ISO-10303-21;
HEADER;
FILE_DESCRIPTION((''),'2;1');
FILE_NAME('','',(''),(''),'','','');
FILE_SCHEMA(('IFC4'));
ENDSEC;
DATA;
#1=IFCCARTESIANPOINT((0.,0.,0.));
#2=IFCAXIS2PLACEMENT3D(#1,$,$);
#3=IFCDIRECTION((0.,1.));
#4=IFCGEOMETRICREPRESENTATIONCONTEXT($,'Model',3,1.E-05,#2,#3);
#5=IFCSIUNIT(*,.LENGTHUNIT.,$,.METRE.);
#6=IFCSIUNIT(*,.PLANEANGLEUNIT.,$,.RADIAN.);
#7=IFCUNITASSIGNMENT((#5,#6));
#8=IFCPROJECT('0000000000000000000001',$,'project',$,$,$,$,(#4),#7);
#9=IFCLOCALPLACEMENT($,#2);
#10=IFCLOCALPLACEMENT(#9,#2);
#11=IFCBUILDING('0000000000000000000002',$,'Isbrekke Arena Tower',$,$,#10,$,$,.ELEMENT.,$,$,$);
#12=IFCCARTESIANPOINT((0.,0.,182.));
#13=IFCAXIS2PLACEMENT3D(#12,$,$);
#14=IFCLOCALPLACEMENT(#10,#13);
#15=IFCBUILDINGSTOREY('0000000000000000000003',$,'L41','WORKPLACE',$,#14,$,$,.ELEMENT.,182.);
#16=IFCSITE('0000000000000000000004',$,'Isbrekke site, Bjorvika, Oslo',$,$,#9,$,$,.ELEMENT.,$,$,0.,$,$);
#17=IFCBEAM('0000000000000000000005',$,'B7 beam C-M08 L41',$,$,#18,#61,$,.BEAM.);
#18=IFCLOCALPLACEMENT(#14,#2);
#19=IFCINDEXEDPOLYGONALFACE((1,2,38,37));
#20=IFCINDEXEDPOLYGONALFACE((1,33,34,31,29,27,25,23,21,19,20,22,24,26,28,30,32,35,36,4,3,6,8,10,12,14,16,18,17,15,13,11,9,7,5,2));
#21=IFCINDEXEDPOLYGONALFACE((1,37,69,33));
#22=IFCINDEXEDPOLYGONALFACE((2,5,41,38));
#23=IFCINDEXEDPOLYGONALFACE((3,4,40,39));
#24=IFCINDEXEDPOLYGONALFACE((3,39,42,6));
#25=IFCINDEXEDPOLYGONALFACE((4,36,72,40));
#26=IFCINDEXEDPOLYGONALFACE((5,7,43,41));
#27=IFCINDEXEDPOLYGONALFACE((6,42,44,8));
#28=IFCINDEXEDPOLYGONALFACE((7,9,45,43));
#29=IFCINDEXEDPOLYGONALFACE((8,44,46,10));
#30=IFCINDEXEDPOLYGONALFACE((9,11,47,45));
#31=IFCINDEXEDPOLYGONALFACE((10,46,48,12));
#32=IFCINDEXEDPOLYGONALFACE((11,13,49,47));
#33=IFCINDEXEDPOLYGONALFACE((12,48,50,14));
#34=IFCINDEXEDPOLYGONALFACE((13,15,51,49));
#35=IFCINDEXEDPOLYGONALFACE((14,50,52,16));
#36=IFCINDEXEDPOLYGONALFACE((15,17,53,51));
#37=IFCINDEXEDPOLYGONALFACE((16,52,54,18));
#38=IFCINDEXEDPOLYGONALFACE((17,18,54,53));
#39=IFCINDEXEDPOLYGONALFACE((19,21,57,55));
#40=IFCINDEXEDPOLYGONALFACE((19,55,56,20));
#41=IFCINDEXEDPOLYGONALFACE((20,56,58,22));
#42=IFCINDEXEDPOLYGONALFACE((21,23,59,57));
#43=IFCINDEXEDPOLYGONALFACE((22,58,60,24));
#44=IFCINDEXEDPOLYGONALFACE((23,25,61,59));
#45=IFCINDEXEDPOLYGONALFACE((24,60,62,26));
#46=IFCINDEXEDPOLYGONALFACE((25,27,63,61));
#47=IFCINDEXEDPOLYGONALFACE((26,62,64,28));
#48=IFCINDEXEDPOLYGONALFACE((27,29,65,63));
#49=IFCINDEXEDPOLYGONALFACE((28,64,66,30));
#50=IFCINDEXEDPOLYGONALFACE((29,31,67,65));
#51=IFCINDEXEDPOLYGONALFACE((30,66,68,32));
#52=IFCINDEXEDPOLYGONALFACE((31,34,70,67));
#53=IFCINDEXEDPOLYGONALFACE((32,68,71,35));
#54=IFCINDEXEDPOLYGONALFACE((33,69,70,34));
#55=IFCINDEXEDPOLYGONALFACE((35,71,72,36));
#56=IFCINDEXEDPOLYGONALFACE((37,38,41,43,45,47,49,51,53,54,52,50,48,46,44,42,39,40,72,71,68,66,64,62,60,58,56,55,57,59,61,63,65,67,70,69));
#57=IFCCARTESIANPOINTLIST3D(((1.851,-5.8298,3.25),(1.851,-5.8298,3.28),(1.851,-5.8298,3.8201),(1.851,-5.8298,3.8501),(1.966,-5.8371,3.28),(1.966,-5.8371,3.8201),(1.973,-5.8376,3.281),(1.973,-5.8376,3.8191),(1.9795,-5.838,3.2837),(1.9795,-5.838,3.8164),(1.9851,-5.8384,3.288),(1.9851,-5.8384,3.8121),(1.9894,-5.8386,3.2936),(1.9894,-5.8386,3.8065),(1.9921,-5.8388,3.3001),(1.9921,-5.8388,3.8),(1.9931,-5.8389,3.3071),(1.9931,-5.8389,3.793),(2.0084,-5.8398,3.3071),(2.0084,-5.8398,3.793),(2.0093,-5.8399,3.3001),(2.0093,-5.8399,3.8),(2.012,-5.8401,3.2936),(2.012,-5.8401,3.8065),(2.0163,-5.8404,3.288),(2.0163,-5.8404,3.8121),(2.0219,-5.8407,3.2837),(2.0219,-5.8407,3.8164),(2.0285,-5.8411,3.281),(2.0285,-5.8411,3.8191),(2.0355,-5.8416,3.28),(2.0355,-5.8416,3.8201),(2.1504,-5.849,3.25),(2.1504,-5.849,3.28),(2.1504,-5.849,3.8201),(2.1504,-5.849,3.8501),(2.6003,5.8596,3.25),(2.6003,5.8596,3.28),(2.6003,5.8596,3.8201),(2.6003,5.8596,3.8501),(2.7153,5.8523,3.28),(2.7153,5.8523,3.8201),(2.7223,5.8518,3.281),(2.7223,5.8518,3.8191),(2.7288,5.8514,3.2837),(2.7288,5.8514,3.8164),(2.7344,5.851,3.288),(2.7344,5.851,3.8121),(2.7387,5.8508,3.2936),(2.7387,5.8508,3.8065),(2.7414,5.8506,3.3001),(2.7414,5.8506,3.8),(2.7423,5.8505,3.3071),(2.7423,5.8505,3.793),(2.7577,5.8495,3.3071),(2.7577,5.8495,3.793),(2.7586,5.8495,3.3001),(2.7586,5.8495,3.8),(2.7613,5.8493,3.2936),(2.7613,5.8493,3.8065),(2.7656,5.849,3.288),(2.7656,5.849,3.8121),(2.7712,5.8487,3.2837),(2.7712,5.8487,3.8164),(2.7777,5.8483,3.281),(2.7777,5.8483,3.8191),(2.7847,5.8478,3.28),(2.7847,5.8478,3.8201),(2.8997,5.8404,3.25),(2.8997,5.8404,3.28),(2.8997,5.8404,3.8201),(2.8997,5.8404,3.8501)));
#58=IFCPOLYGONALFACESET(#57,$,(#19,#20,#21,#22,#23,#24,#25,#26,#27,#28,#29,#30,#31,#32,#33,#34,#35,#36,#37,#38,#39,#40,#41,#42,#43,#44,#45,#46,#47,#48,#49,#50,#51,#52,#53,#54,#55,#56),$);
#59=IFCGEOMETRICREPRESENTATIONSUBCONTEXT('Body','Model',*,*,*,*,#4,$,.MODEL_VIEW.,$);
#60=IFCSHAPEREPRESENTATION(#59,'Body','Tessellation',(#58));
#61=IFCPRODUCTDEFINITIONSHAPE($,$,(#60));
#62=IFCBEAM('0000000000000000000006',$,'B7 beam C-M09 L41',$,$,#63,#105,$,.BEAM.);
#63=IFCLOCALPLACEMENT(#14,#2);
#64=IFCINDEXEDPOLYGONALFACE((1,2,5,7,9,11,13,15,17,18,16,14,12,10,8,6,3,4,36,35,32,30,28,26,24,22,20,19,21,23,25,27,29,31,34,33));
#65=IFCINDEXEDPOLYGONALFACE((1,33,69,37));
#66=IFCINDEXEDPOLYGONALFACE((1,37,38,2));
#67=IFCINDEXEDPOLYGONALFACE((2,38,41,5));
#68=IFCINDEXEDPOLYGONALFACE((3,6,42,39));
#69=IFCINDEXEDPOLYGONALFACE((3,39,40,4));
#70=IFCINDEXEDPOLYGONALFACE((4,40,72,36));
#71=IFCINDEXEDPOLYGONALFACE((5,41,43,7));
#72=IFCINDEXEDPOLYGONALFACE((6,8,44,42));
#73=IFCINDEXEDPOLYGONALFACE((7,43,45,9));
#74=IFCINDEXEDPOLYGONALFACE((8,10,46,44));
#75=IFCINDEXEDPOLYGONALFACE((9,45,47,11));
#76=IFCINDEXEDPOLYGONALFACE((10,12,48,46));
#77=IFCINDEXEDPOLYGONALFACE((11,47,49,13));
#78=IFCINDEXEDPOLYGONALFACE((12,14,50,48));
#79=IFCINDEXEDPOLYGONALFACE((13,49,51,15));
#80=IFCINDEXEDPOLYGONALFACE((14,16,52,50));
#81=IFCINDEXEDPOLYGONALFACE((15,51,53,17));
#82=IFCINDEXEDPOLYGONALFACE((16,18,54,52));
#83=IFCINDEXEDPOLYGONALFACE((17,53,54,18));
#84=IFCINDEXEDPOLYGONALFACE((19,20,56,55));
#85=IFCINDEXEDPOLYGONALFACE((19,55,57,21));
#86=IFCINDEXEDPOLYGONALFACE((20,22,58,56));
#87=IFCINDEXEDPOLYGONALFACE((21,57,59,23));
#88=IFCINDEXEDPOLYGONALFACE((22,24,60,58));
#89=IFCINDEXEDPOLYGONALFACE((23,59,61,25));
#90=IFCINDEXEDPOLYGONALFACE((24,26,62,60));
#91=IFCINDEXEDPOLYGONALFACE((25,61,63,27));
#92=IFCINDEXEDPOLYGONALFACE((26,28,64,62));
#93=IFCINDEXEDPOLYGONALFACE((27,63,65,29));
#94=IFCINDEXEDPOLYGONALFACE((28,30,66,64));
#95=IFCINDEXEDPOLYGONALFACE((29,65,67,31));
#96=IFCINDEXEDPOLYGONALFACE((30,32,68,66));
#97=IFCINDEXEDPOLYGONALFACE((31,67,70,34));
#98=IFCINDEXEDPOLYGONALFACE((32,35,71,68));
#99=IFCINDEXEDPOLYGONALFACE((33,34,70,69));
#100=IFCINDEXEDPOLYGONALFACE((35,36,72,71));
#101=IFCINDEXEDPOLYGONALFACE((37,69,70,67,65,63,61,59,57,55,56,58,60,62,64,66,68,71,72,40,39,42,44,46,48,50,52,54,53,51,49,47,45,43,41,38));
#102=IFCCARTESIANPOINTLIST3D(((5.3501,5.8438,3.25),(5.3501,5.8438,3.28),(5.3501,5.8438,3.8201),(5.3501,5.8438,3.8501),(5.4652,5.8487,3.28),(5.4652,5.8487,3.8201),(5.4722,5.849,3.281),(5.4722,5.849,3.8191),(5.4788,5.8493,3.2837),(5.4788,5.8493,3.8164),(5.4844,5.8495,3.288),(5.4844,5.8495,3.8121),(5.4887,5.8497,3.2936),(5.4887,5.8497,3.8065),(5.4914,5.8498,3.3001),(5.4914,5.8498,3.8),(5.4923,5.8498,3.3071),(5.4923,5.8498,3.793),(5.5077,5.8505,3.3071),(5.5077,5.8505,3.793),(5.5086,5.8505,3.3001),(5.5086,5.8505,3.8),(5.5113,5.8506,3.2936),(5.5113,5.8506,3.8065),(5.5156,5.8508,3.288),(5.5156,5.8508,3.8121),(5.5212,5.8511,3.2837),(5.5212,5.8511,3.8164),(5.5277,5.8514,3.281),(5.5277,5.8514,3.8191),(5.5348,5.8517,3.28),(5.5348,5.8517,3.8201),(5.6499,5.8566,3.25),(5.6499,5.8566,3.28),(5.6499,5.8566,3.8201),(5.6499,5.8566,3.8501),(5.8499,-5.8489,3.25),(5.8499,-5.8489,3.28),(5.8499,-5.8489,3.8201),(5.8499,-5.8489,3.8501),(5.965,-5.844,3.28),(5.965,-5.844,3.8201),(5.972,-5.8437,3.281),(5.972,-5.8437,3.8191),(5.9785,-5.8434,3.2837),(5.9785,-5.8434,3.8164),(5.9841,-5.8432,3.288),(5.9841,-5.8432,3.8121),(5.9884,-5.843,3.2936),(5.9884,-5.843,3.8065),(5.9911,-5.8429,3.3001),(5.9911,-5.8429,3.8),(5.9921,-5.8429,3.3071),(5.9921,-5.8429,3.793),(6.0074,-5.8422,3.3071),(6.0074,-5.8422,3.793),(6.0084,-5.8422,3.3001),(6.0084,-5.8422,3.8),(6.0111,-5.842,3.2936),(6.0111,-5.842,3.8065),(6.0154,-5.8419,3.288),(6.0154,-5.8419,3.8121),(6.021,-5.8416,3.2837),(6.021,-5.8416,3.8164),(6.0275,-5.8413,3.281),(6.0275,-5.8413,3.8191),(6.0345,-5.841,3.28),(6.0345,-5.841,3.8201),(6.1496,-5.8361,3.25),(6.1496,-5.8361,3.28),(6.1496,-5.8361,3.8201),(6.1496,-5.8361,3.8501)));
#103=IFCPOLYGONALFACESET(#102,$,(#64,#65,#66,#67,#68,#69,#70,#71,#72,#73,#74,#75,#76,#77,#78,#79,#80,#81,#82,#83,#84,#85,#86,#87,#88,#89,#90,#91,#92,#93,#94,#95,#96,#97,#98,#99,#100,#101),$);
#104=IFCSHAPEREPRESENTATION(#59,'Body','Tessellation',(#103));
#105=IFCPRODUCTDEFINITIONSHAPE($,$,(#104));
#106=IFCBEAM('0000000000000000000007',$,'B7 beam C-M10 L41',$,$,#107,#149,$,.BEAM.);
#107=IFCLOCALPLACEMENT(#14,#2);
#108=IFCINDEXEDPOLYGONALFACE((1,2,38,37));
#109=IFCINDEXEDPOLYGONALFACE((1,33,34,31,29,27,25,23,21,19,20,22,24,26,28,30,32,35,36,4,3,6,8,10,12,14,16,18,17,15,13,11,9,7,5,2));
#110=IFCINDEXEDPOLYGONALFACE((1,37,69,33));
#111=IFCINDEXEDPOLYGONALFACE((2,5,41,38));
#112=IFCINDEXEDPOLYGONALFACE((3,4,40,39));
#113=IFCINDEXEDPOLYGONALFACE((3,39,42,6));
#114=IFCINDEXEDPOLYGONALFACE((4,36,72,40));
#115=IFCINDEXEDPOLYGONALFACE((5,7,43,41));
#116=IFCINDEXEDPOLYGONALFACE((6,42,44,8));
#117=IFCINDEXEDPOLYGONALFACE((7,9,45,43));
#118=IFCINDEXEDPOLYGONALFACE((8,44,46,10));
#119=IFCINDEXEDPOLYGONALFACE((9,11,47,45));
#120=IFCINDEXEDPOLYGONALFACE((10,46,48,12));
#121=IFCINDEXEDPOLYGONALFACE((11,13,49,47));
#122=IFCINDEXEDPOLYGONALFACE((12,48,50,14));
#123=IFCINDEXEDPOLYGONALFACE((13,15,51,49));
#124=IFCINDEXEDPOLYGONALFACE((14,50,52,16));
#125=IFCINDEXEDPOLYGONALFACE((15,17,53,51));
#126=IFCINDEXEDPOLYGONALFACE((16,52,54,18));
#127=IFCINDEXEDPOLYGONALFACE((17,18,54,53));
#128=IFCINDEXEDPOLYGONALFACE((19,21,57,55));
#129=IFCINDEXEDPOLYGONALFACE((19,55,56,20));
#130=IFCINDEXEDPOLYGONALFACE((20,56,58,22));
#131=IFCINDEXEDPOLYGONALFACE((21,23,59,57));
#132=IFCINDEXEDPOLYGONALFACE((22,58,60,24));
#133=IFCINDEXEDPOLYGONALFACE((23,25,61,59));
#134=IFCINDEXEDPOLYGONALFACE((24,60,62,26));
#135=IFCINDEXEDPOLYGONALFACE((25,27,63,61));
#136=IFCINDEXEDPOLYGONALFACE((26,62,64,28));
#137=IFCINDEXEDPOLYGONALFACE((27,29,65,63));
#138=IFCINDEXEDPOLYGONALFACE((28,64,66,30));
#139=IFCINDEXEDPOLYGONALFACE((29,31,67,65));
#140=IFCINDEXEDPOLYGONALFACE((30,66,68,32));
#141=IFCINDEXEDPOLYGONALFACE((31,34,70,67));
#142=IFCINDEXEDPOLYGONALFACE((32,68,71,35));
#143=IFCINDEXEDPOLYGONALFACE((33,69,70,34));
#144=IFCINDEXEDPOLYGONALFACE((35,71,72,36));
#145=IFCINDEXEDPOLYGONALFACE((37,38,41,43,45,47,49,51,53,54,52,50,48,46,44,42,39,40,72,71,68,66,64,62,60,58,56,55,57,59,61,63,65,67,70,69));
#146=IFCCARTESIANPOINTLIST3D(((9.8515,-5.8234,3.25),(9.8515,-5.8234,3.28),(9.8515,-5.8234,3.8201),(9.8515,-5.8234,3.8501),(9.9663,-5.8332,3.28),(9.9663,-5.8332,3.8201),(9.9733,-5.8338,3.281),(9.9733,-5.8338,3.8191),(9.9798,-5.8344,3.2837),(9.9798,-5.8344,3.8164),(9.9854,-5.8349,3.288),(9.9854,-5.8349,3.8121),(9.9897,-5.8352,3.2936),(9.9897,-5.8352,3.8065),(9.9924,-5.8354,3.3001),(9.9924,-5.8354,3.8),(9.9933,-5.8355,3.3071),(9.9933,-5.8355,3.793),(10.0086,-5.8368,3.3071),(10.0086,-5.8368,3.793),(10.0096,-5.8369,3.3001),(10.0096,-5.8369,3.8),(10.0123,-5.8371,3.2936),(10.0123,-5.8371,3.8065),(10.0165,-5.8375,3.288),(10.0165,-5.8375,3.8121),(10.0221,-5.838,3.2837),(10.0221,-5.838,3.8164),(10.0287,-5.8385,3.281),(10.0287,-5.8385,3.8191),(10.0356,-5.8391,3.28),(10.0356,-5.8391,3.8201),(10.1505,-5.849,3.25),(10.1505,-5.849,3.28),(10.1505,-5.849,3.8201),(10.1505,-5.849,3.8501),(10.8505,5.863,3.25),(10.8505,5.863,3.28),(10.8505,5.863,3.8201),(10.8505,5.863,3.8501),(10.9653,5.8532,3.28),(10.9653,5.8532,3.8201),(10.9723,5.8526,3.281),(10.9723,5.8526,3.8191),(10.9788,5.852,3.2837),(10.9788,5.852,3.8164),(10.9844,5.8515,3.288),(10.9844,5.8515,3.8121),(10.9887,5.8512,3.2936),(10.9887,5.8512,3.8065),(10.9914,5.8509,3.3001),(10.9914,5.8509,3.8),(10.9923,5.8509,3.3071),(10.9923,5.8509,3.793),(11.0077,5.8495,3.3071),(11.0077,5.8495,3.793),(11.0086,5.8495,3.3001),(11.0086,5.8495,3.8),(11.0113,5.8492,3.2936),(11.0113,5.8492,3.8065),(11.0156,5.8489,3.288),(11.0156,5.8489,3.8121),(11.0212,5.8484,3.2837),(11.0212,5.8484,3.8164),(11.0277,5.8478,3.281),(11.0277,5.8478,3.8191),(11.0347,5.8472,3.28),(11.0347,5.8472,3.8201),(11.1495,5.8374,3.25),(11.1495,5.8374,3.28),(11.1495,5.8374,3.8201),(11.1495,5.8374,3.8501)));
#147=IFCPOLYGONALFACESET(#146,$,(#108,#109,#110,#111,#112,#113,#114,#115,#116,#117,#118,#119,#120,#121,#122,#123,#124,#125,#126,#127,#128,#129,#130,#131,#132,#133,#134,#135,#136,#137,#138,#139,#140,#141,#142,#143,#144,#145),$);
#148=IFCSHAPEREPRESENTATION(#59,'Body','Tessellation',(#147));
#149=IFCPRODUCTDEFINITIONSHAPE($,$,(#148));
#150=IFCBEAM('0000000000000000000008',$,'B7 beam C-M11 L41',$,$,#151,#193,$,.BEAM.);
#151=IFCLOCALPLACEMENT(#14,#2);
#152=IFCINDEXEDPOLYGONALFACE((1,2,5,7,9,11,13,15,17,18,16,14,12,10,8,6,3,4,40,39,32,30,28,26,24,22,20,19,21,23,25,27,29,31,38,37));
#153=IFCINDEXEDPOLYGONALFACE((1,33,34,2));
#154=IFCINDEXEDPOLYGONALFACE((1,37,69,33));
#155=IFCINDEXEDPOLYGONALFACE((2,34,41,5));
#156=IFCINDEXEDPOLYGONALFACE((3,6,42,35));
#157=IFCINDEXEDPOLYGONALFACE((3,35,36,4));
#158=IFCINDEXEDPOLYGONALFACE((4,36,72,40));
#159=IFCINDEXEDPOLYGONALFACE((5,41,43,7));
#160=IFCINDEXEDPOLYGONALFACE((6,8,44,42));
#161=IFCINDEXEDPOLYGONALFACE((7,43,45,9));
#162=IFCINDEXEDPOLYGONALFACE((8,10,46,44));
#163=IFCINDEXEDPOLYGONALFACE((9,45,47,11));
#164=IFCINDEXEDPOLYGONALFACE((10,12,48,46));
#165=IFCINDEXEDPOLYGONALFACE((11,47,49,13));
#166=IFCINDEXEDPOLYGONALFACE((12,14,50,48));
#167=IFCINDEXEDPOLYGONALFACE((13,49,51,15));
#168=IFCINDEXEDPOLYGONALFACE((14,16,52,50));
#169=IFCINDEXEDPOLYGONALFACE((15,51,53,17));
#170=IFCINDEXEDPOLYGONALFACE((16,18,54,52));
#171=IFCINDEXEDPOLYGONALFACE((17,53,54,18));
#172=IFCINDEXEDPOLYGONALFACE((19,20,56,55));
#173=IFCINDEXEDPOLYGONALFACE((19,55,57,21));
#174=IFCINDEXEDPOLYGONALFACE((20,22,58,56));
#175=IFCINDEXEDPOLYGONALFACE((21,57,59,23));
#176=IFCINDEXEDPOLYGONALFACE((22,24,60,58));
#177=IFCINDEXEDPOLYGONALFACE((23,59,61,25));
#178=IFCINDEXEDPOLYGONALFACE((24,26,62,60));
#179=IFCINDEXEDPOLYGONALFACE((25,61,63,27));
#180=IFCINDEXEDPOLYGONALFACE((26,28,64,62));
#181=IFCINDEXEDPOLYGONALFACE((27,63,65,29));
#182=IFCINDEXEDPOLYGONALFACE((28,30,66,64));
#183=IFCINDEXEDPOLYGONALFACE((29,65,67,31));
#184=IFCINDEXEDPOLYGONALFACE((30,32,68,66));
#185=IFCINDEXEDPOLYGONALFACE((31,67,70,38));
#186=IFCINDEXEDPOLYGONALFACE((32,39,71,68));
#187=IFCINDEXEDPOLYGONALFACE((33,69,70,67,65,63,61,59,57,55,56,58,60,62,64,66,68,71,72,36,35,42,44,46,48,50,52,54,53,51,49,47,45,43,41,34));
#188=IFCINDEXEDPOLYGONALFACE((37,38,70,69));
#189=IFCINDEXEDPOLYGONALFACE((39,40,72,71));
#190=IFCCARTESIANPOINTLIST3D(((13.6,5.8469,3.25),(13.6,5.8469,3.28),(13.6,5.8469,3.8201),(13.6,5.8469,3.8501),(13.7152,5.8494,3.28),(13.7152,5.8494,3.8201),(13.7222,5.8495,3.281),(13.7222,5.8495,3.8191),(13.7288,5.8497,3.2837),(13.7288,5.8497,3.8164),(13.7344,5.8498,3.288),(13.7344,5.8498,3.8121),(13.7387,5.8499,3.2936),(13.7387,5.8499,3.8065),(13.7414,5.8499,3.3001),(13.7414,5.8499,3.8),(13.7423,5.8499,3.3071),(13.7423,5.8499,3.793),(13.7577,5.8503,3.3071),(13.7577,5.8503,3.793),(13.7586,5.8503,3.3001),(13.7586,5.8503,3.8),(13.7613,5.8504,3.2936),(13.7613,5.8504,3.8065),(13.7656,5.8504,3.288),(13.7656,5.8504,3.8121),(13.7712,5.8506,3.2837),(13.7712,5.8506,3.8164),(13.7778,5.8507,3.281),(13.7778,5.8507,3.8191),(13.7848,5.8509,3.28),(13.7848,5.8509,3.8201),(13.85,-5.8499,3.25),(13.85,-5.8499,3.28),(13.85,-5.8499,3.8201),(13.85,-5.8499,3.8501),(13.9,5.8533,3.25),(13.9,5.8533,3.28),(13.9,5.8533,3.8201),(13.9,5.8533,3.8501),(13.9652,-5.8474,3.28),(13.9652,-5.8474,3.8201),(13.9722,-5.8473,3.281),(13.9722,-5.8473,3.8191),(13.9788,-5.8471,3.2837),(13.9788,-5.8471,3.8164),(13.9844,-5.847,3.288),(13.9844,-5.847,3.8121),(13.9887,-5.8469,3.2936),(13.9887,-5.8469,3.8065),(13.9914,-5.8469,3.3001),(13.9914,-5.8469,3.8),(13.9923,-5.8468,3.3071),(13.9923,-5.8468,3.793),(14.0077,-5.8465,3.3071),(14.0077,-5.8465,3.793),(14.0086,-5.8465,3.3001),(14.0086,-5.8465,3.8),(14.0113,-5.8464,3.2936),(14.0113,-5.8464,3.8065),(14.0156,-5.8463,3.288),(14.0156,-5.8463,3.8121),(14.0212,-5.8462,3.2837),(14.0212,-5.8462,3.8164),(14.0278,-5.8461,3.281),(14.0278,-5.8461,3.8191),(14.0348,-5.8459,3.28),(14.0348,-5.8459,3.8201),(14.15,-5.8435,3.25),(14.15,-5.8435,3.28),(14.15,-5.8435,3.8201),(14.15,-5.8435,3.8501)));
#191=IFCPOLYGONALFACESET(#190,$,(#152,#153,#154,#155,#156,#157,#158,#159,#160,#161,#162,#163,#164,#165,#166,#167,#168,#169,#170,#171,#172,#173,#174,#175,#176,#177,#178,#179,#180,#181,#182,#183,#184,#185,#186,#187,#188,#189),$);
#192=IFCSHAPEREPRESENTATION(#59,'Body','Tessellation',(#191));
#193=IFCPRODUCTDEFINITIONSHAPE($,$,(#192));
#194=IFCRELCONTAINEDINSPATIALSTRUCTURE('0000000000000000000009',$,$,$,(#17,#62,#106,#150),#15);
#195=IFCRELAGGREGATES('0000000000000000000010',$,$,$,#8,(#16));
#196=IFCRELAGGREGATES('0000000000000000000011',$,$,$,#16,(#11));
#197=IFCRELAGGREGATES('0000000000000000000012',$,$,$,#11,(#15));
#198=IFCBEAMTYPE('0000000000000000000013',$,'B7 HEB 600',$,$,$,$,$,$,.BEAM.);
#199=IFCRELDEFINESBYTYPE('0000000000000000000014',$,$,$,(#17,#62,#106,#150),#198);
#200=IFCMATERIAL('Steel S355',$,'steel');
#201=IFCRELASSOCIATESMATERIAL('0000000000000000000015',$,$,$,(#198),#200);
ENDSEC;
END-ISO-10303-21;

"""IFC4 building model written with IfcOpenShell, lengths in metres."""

from ifc_helpers import new_model, si_unit, direction, frame, origin, origin_2d, place, context, subcontext, project, spatial, i_section, extrude, material, material_profile, profile_set, type_object, element, save


model = new_model("IFC4")

# Units and contexts
model_context = context("Model", 3, precision=1e-05, world=origin(), true_north=direction((0.0, 1.0)))
body_context = subcontext(model_context, "Body", "Model", "MODEL_VIEW")
ifc_project = project(units=[si_unit("LENGTHUNIT", "METRE"), si_unit("PLANEANGLEUNIT", "RADIAN")], contexts=[model_context])

# Site, building, storey
site_placement = place(None, origin())
site = spatial("IfcSite", under=ifc_project, at=site_placement, Name="Isbrekke site, Bjorvika, Oslo", CompositionType="ELEMENT", RefElevation=0.0)
building_placement = place(site_placement, origin())
building = spatial("IfcBuilding", under=site, at=building_placement, Name="Isbrekke Arena Tower", CompositionType="ELEMENT")
storey_placement = place(building_placement, frame((0.0, 0.0, 182.0)))
storey = spatial("IfcBuildingStorey", under=building, at=storey_placement, Name="L41", Description="WORKPLACE", CompositionType="ELEMENT", Elevation=182.0)

# Beams
ifc_material_1 = material(Name="Steel S355", Category="steel")
ifc_material_profile_1 = material_profile(ifc_material_1, i_section(OverallWidth=0.3, OverallDepth=0.6001, WebThickness=0.0154, FlangeThickness=0.03, FilletRadius=0.0271, at=origin_2d()), Name="HEB 600")
ifc_profile_set_1 = profile_set([ifc_material_profile_1], Name="Steel S355")
beam_type_1 = type_object("IfcBeamType", Name="B7 HEB 600", PredefinedType="BEAM", material=ifc_profile_set_1)
beam_1_placement = place(storey_placement, frame((2.0007, -5.8394, 3.55), z_axis=(0.063966, 0.997952, 0.0), x_axis=(-0.997952, 0.063966, 0.0)))
element("IfcBeam", 1, at=beam_1_placement, inside=storey, type_object=beam_type_1, Name="B7 beam C-M08 L41", PredefinedType="BEAM", context=body_context, shape_type="SweptSolid", body=[
    extrude(i_section(OverallWidth=0.3, OverallDepth=0.6001, WebThickness=0.0154, FlangeThickness=0.03, FilletRadius=0.0271, at=origin_2d()), origin(), (0.0, 0.0, 1.0), 11.7134),
])
beam_2_placement = place(storey_placement, frame((5.9998, -5.8425, 3.55), z_axis=(-0.042702, 0.999088, 0.0), x_axis=(-0.999088, -0.042702, 0.0)))
element("IfcBeam", 2, at=beam_2_placement, inside=storey, type_object=beam_type_1, Name="B7 beam C-M09 L41", PredefinedType="BEAM", context=body_context, shape_type="SweptSolid", body=[
    extrude(i_section(OverallWidth=0.3, OverallDepth=0.6001, WebThickness=0.0154, FlangeThickness=0.03, FilletRadius=0.0271, at=origin_2d()), origin(), (0.0, 0.0, 1.0), 11.7034),
])
beam_3_placement = place(storey_placement, frame((10.001, -5.8362, 3.55), z_axis=(0.085176, 0.996366, 0.0), x_axis=(-0.996366, 0.085176, 0.0)))
element("IfcBeam", 3, at=beam_3_placement, inside=storey, type_object=beam_type_1, Name="B7 beam C-M10 L41", PredefinedType="BEAM", context=body_context, shape_type="SweptSolid", body=[
    extrude(i_section(OverallWidth=0.3, OverallDepth=0.6001, WebThickness=0.0154, FlangeThickness=0.03, FilletRadius=0.0271, at=origin_2d()), origin(), (0.0, 0.0, 1.0), 11.729),
])
beam_4_placement = place(storey_placement, frame((14.0, -5.8467, 3.55), z_axis=(-0.021369, 0.999772, 0.0), x_axis=(-0.999772, -0.021369, 0.0)))
element("IfcBeam", 4, at=beam_4_placement, inside=storey, type_object=beam_type_1, Name="B7 beam C-M11 L41", PredefinedType="BEAM", context=body_context, shape_type="SweptSolid", body=[
    extrude(i_section(OverallWidth=0.3, OverallDepth=0.6001, WebThickness=0.0154, FlangeThickness=0.03, FilletRadius=0.0271, at=origin_2d()), origin(), (0.0, 0.0, 1.0), 11.6995),
])

save(model, "model.ifc")
